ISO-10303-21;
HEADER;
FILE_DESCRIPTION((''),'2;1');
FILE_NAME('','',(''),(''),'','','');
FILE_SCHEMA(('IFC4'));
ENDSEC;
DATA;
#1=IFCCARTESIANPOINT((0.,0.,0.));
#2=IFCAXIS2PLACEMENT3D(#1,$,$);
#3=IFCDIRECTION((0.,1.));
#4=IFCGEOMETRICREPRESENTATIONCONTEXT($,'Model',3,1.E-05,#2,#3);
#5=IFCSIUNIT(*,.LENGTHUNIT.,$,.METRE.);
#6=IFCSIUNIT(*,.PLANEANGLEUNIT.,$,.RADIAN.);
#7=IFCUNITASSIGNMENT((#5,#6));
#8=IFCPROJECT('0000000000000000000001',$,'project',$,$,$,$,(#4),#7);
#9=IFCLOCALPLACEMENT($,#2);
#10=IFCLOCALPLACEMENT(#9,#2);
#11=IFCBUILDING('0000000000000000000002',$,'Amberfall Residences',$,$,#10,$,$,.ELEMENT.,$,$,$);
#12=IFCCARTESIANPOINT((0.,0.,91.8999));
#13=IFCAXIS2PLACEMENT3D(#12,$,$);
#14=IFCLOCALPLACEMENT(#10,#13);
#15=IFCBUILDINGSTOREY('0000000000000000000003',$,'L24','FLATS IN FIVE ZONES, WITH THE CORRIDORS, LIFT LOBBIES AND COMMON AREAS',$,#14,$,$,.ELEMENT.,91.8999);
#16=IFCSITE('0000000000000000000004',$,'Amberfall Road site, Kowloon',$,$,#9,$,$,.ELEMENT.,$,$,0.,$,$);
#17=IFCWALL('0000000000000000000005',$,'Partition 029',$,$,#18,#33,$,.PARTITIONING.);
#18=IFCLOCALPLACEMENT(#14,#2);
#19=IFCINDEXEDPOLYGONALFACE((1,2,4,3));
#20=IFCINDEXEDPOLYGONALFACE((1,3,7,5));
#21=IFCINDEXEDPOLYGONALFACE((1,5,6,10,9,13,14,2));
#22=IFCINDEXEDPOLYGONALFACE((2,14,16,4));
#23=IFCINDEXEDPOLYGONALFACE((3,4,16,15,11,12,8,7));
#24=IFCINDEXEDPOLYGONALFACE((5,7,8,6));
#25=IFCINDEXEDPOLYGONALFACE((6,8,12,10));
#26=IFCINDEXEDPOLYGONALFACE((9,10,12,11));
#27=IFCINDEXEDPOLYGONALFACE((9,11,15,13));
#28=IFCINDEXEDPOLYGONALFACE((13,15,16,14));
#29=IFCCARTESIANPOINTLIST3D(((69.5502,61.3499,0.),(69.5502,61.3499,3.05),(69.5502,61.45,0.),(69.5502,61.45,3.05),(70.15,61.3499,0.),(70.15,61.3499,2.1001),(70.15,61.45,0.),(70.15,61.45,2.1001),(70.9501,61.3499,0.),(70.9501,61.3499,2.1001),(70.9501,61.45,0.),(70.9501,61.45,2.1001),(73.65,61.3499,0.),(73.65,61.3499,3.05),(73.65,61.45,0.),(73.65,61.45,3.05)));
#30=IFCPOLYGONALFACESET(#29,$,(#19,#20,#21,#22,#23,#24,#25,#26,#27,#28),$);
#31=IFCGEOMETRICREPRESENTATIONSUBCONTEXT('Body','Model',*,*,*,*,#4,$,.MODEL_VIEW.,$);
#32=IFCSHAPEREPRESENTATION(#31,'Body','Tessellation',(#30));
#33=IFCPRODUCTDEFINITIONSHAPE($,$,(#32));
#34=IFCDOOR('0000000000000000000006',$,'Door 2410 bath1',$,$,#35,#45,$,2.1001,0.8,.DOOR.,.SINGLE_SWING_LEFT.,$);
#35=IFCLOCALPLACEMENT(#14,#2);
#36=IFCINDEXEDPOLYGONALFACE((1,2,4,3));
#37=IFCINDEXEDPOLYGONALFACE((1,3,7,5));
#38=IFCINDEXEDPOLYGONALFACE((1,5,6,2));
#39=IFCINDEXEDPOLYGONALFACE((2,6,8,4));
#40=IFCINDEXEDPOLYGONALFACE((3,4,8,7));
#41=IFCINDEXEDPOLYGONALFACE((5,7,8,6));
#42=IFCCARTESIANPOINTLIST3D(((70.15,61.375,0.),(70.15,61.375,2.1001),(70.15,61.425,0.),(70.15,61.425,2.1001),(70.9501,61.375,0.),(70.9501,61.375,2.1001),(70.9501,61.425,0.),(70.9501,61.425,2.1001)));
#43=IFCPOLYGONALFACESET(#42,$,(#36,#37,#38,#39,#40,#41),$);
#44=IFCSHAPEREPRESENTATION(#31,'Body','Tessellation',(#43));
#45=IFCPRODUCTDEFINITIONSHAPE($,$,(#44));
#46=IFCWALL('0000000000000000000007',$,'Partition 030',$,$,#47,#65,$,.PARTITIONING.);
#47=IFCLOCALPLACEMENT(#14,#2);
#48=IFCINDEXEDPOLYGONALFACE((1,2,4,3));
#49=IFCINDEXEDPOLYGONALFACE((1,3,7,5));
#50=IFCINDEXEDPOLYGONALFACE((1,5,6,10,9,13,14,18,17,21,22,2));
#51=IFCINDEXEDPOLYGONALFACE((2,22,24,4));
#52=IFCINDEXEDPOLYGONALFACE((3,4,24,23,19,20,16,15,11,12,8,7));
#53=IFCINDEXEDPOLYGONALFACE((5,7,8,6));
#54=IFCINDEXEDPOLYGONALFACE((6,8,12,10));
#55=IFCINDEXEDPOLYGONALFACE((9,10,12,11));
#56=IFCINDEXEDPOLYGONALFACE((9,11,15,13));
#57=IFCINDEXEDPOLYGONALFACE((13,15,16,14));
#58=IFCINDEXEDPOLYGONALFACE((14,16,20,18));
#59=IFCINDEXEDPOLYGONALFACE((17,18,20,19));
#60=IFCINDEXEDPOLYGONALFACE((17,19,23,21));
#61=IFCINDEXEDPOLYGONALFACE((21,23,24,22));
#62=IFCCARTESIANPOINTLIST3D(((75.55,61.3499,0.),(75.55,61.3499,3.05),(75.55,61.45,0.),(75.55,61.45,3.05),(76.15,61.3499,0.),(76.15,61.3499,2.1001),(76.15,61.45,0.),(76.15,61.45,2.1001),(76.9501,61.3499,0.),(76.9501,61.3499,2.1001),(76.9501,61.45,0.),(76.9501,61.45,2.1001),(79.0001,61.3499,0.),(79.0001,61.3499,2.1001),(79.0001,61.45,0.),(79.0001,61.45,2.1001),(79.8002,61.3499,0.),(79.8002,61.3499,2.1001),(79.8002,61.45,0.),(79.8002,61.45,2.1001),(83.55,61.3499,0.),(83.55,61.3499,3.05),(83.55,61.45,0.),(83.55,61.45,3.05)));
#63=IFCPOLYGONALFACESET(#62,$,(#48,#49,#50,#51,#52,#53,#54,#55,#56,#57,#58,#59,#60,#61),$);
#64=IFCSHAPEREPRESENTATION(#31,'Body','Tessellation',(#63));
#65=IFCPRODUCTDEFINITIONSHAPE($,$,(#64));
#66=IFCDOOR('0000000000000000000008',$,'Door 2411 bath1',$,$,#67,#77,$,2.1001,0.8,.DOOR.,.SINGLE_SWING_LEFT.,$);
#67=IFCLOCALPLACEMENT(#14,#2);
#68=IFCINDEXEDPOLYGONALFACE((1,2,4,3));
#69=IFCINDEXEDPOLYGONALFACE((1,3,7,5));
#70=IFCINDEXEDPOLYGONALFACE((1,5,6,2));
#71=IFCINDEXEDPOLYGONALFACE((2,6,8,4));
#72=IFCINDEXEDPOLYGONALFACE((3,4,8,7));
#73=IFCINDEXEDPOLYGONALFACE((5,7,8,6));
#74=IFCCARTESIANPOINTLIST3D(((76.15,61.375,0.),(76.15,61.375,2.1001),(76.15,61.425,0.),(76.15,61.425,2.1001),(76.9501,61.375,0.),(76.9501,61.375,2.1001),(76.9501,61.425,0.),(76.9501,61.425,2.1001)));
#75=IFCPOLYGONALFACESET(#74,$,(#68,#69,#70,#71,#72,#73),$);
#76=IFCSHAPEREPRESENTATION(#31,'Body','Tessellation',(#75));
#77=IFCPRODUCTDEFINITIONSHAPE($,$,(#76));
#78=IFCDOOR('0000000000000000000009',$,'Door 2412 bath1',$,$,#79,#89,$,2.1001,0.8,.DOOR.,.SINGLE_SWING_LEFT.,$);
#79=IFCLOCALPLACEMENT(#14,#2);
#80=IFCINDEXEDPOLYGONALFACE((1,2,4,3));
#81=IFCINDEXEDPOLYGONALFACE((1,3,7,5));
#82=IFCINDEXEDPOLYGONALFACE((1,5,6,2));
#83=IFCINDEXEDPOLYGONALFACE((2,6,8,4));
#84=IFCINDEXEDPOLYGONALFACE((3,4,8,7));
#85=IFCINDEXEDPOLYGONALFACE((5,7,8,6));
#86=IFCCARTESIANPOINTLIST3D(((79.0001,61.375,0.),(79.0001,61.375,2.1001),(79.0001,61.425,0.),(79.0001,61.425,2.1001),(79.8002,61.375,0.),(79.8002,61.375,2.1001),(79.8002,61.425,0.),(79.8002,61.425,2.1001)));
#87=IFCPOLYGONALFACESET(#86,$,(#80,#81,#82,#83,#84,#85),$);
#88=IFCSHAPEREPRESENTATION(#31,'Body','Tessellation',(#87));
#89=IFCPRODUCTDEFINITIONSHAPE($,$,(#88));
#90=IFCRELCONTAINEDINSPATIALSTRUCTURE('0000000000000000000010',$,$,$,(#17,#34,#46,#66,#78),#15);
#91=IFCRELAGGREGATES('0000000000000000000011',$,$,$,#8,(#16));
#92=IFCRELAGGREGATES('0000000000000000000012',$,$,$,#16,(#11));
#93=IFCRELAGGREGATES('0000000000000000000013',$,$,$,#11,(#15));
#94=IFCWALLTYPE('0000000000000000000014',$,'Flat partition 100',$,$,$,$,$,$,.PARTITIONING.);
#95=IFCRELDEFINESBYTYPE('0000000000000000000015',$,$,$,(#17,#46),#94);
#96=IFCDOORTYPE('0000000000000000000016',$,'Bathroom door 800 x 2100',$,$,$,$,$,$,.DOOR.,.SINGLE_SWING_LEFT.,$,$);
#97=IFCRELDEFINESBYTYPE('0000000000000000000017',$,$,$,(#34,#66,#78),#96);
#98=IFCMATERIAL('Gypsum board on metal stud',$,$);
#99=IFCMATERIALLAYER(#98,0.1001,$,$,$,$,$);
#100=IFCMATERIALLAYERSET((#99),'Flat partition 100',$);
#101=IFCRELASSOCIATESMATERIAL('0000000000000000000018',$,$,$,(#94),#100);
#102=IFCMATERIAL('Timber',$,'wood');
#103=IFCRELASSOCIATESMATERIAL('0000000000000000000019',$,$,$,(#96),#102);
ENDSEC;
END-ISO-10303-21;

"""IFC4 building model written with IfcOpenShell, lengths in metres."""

from ifc_helpers import new_model, si_unit, direction, frame, frame_2d, origin, place, context, subcontext, project, spatial, rectangle, extrude, material, layer, layer_set, type_object, element, fill, save


model = new_model("IFC4")

# Units and contexts
model_context = context("Model", 3, precision=1e-05, world=origin(), true_north=direction((0.0, 1.0)))
body_context = subcontext(model_context, "Body", "Model", "MODEL_VIEW")
ifc_project = project(units=[si_unit("LENGTHUNIT", "METRE"), si_unit("PLANEANGLEUNIT", "RADIAN")], contexts=[model_context])

# Site, building, storey
site_placement = place(None, origin())
site = spatial("IfcSite", under=ifc_project, at=site_placement, Name="Amberfall Road site, Kowloon", CompositionType="ELEMENT", RefElevation=0.0)
building_placement = place(site_placement, origin())
building = spatial("IfcBuilding", under=site, at=building_placement, Name="Amberfall Residences", CompositionType="ELEMENT")
storey_placement = place(building_placement, frame((0.0, 0.0, 91.8999)))
storey = spatial("IfcBuildingStorey", under=building, at=storey_placement, Name="L24", Description="FLATS IN FIVE ZONES, WITH THE CORRIDORS, LIFT LOBBIES AND COMMON AREAS", CompositionType="ELEMENT", Elevation=91.8999)

# Wall, opening, door
ifc_material_1 = material(Name="Gypsum board on metal stud")
ifc_layer_1 = layer(ifc_material_1, 0.1001)
ifc_layer_set_1 = layer_set([ifc_layer_1], Name="Flat partition 100")
wall_type_1 = type_object("IfcWallType", Name="Flat partition 100", PredefinedType="PARTITIONING", material=ifc_layer_set_1)
wall_1_placement = place(storey_placement, frame((73.6499, 61.3999, 0.0), z_axis=(0.0, 0.0, 1.0), x_axis=(-1.0, 0.0, 0.0)))
wall_1 = element("IfcWall", 1, at=wall_1_placement, inside=storey, type_object=wall_type_1, Name="Partition 029", PredefinedType="PARTITIONING", context=body_context, shape_type="SweptSolid", body=[
    extrude(rectangle(XDim=4.0999, YDim=0.1001, at=frame_2d((2.0498, 0.0))), origin(), (0.0, 0.0, 1.0), 3.05),
])
opening_1_placement = place(wall_1_placement, frame((2.7, 0.0, 0.0)))
opening_1 = element("IfcOpeningElement", 2, at=opening_1_placement, cuts=wall_1, PredefinedType="OPENING", context=body_context, shape_type="SweptSolid", body=[
    extrude(rectangle(XDim=0.8, YDim=2.1001, at=frame_2d((0.3999, 1.05))), frame((0.0, 0.0601, 0.0), z_axis=(0.0, -1.0, 0.0), x_axis=(1.0, 0.0, 0.0)), (0.0, 0.0, 1.0), 0.1201),
])
ifc_material_2 = material(Name="Timber", Category="wood")
door_type_1 = type_object("IfcDoorType", Name="Bathroom door 800 x 2100", OperationType="SINGLE_SWING_LEFT", PredefinedType="DOOR", material=ifc_material_2)
door_1_placement = place(opening_1_placement, origin())
door_1 = element("IfcDoor", 3, at=door_1_placement, inside=storey, type_object=door_type_1, Name="Door 2410 bath1", OperationType="SINGLE_SWING_LEFT", OverallHeight=2.1001, OverallWidth=0.8, PredefinedType="DOOR", context=body_context, shape_type="SweptSolid", body=[
    extrude(rectangle(XDim=0.8, YDim=2.1001, at=frame_2d((0.3999, 1.05))), frame((0.0, 0.0249, 0.0), z_axis=(0.0, -1.0, 0.0), x_axis=(1.0, 0.0, 0.0)), (0.0, 0.0, 1.0), 0.05),
])
fill(opening_1, door_1)

# Wall, openings, doors
wall_2_placement = place(storey_placement, frame((83.55, 61.3999, 0.0), z_axis=(0.0, 0.0, 1.0), x_axis=(-1.0, 0.0, 0.0)))
wall_2 = element("IfcWall", 4, at=wall_2_placement, inside=storey, type_object=wall_type_1, Name="Partition 030", PredefinedType="PARTITIONING", context=body_context, shape_type="SweptSolid", body=[
    extrude(rectangle(XDim=8.0, YDim=0.1001, at=frame_2d((4.0, 0.0))), origin(), (0.0, 0.0, 1.0), 3.05),
])
opening_2_placement = place(wall_2_placement, frame((6.6001, 0.0, 0.0)))
opening_2 = element("IfcOpeningElement", 5, at=opening_2_placement, cuts=wall_2, PredefinedType="OPENING", context=body_context, shape_type="SweptSolid", body=[
    extrude(rectangle(XDim=0.8, YDim=2.1001, at=frame_2d((0.3999, 1.05))), frame((0.0, 0.0601, 0.0), z_axis=(0.0, -1.0, 0.0), x_axis=(1.0, 0.0, 0.0)), (0.0, 0.0, 1.0), 0.1201),
])
opening_3_placement = place(wall_2_placement, frame((3.75, 0.0, 0.0)))
opening_3 = element("IfcOpeningElement", 6, at=opening_3_placement, cuts=wall_2, PredefinedType="OPENING", context=body_context, shape_type="SweptSolid", body=[
    extrude(rectangle(XDim=0.8, YDim=2.1001, at=frame_2d((0.3999, 1.05))), frame((0.0, 0.0601, 0.0), z_axis=(0.0, -1.0, 0.0), x_axis=(1.0, 0.0, 0.0)), (0.0, 0.0, 1.0), 0.1201),
])
door_2_placement = place(opening_2_placement, origin())
door_2 = element("IfcDoor", 7, at=door_2_placement, inside=storey, type_object=door_type_1, Name="Door 2411 bath1", OperationType="SINGLE_SWING_LEFT", OverallHeight=2.1001, OverallWidth=0.8, PredefinedType="DOOR", context=body_context, shape_type="SweptSolid", body=[
    extrude(rectangle(XDim=0.8, YDim=2.1001, at=frame_2d((0.3999, 1.05))), frame((0.0, 0.0249, 0.0), z_axis=(0.0, -1.0, 0.0), x_axis=(1.0, 0.0, 0.0)), (0.0, 0.0, 1.0), 0.05),
])
fill(opening_2, door_2)
door_3_placement = place(opening_3_placement, origin())
door_3 = element("IfcDoor", 8, at=door_3_placement, inside=storey, type_object=door_type_1, Name="Door 2412 bath1", OperationType="SINGLE_SWING_LEFT", OverallHeight=2.1001, OverallWidth=0.8, PredefinedType="DOOR", context=body_context, shape_type="SweptSolid", body=[
    extrude(rectangle(XDim=0.8, YDim=2.1001, at=frame_2d((0.3999, 1.05))), frame((0.0, 0.0249, 0.0), z_axis=(0.0, -1.0, 0.0), x_axis=(1.0, 0.0, 0.0)), (0.0, 0.0, 1.0), 0.05),
])
fill(opening_3, door_3)

save(model, "model.ifc")
